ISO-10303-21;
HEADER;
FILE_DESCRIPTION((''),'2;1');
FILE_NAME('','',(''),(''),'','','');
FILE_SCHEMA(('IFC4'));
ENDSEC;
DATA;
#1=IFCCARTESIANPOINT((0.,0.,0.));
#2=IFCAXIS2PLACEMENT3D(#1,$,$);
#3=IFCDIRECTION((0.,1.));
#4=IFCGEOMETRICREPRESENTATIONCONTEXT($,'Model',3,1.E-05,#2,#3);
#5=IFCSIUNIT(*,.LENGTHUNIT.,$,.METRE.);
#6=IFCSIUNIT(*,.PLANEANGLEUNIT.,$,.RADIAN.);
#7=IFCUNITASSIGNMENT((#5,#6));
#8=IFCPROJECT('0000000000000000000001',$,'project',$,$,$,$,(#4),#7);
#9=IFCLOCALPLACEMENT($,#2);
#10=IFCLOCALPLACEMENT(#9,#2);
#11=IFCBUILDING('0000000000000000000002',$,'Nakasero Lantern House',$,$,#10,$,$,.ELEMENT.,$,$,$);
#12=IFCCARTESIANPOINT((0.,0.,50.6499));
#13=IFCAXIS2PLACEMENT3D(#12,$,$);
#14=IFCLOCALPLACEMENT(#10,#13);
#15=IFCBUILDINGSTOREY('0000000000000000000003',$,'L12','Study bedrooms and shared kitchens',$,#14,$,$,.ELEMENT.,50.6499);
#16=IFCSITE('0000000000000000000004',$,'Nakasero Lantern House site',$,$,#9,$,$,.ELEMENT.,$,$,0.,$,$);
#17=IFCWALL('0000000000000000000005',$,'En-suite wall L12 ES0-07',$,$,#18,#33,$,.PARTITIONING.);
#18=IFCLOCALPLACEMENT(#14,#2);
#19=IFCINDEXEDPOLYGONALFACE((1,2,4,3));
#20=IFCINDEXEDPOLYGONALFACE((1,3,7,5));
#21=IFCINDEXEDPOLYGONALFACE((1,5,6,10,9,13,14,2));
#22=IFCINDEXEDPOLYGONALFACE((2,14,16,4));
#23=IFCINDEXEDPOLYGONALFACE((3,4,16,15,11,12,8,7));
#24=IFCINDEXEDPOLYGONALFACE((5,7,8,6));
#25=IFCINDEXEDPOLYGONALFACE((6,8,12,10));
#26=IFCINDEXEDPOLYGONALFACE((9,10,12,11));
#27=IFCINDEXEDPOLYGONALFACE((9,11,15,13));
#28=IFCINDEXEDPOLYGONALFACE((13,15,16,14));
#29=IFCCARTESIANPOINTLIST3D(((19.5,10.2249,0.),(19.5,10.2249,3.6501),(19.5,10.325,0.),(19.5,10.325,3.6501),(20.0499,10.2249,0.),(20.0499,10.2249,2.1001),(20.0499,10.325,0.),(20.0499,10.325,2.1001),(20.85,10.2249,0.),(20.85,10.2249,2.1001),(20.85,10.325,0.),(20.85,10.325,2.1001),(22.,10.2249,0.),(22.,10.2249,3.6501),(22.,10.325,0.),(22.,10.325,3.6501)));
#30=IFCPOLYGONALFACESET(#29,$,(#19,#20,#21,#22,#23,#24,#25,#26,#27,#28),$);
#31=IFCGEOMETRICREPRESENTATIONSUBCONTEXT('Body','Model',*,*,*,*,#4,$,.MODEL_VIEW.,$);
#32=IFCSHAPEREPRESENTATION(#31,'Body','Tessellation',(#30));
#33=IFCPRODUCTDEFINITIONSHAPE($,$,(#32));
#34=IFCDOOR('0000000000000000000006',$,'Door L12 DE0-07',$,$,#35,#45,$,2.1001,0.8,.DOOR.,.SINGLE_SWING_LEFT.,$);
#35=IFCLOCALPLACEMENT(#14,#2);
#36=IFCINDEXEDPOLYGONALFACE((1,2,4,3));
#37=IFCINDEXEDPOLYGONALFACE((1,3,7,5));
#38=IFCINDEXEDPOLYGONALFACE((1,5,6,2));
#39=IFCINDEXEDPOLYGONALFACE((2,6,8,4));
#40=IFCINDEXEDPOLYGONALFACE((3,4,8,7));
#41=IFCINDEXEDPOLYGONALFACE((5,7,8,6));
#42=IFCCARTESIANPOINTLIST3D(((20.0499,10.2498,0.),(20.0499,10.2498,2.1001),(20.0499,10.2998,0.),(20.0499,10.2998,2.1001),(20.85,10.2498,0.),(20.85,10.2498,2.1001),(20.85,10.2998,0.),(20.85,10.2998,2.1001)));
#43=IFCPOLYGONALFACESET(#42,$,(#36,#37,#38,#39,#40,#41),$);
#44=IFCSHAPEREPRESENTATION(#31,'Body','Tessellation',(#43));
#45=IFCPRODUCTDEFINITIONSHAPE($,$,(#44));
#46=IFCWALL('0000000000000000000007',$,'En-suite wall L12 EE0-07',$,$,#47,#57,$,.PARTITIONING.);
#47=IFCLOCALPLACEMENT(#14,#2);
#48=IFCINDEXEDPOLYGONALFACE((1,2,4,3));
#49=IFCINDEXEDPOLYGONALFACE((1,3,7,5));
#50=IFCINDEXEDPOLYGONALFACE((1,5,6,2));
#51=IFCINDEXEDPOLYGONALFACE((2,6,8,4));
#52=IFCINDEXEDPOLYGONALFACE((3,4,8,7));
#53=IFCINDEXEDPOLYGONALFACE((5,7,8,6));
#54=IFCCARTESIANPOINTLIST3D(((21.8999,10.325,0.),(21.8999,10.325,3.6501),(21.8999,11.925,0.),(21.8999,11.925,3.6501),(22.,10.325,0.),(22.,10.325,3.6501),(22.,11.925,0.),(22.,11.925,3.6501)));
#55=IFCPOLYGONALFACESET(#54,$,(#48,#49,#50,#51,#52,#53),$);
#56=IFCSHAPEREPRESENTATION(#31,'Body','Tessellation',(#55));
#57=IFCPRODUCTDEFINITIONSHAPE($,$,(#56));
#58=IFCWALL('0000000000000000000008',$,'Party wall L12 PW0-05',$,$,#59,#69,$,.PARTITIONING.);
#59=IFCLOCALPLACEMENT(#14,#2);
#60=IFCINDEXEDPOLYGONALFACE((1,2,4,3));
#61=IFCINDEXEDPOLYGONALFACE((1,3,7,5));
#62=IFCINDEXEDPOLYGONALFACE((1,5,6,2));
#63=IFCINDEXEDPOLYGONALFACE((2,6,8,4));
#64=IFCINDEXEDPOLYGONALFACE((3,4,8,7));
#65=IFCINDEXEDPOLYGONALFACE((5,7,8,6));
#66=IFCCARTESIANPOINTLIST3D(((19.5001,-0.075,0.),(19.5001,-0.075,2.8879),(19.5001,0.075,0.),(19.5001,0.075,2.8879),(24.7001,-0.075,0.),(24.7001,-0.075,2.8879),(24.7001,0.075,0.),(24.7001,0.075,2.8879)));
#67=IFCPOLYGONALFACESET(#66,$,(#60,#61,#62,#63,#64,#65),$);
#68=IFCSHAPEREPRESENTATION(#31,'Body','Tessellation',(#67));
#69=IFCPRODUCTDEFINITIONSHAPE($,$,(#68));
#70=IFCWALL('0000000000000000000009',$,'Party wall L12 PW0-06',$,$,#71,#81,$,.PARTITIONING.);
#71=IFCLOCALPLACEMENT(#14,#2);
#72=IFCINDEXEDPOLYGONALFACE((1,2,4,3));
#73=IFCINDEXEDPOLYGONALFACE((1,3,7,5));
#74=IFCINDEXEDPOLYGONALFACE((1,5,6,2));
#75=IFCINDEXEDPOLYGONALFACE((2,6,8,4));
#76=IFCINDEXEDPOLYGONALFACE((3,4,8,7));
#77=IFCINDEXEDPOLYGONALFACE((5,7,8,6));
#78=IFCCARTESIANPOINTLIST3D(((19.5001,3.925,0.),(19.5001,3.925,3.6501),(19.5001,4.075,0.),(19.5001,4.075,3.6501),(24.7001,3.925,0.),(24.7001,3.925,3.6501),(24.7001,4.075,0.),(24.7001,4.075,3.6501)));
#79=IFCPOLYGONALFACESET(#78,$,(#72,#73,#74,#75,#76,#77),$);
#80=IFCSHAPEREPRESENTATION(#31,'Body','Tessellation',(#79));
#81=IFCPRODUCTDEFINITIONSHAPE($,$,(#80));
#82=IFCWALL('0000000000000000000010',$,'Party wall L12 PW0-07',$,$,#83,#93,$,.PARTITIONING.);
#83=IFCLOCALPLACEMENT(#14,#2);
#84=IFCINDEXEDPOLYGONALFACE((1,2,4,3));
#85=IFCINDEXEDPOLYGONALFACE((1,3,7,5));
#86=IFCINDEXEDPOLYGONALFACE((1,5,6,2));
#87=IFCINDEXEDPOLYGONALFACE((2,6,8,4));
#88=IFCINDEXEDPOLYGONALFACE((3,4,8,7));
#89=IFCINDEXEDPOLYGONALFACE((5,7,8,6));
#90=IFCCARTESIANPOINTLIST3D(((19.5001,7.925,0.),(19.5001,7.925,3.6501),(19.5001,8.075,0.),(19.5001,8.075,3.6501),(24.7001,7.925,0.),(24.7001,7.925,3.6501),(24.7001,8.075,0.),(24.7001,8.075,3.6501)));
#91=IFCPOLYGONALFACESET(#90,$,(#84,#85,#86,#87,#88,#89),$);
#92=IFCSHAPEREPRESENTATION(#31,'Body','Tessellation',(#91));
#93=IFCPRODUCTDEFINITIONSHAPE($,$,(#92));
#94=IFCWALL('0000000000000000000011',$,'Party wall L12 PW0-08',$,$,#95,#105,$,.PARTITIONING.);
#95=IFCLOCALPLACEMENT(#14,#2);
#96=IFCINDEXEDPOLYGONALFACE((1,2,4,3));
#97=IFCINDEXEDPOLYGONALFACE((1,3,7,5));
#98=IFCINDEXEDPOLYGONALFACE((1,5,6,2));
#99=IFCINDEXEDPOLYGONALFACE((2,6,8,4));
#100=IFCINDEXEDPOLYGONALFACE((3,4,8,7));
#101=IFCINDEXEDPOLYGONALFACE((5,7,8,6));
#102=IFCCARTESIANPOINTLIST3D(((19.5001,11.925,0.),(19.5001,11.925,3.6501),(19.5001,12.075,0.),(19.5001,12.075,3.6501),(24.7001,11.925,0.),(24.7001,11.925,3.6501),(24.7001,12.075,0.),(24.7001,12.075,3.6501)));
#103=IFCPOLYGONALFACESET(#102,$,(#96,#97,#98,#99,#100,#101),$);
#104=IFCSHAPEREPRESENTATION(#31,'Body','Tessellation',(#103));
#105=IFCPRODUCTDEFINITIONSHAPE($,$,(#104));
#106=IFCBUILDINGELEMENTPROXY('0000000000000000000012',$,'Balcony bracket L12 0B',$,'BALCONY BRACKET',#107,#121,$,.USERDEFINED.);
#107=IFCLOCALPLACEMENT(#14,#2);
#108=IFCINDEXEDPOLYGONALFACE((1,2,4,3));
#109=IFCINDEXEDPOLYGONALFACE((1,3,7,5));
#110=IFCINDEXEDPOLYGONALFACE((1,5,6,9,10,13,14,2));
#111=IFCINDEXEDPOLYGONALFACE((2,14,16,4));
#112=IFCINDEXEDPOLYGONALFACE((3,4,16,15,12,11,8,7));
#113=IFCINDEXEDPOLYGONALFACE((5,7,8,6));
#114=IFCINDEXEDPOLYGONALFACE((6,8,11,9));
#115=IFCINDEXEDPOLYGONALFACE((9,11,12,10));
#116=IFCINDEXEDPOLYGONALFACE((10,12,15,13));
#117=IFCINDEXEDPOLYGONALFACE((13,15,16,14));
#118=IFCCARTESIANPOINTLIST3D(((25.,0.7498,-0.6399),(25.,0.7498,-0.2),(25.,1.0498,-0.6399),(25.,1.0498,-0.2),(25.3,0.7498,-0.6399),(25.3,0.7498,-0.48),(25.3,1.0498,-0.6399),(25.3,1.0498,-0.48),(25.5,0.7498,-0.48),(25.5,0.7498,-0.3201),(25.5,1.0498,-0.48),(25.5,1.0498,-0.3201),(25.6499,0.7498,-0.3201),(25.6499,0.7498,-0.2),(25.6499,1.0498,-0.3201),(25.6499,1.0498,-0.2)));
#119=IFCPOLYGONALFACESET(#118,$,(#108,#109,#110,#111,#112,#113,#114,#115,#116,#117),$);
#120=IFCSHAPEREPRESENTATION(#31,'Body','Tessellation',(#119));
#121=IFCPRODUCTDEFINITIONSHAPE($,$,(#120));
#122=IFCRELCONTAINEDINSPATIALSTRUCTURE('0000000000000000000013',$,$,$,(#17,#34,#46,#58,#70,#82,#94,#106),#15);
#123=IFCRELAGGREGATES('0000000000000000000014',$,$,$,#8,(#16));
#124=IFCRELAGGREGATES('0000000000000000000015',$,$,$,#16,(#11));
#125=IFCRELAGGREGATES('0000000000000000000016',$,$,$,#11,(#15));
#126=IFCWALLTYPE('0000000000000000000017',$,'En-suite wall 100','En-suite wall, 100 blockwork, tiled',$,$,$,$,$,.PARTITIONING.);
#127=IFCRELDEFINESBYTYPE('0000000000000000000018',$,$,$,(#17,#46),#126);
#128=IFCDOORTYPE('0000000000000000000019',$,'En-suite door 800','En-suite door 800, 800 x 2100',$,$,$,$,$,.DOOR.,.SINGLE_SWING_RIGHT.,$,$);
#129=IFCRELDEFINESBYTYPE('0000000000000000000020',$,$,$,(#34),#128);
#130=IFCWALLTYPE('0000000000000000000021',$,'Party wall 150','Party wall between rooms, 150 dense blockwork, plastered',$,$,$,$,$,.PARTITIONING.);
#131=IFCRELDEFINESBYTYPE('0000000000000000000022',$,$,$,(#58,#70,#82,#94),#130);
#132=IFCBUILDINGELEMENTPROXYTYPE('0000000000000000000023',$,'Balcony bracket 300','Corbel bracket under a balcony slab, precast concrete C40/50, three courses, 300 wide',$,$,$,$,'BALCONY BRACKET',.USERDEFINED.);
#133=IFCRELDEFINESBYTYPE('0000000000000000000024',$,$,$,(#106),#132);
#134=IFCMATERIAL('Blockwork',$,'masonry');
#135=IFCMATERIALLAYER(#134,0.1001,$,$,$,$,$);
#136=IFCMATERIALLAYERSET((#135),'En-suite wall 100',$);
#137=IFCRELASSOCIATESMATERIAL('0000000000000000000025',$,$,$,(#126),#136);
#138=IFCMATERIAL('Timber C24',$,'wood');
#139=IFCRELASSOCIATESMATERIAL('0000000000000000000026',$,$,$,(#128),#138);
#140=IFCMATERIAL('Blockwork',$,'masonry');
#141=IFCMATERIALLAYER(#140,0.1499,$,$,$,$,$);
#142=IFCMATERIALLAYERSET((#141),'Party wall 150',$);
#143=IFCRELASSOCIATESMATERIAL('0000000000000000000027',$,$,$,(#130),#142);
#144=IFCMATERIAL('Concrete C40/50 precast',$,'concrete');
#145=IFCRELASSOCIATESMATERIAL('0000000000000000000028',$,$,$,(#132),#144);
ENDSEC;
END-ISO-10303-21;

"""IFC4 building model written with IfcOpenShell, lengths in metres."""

from ifc_helpers import new_model, si_unit, direction, frame, frame_2d, origin, place, context, subcontext, project, spatial, polyline, rectangle, outline, extrude, material, layer, layer_set, type_object, element, fill, save


model = new_model("IFC4")

# Units and contexts
model_context = context("Model", 3, precision=1e-05, world=origin(), true_north=direction((0.0, 1.0)))
body_context = subcontext(model_context, "Body", "Model", "MODEL_VIEW")
ifc_project = project(units=[si_unit("LENGTHUNIT", "METRE"), si_unit("PLANEANGLEUNIT", "RADIAN")], contexts=[model_context])

# Site, building, storey
site_placement = place(None, origin())
site = spatial("IfcSite", under=ifc_project, at=site_placement, Name="Nakasero Lantern House site", CompositionType="ELEMENT", RefElevation=0.0)
building_placement = place(site_placement, origin())
building = spatial("IfcBuilding", under=site, at=building_placement, Name="Nakasero Lantern House", CompositionType="ELEMENT")
storey_placement = place(building_placement, frame((0.0, 0.0, 50.6499)))
storey = spatial("IfcBuildingStorey", under=building, at=storey_placement, Name="L12", Description="Study bedrooms and shared kitchens", CompositionType="ELEMENT", Elevation=50.6499)

# Shared definitions
ifc_material_1 = material(Name="Blockwork", Category="masonry")
ifc_layer_1 = layer(ifc_material_1, 0.1001)
ifc_layer_set_1 = layer_set([ifc_layer_1], Name="En-suite wall 100")
wall_type_1 = type_object("IfcWallType", Name="En-suite wall 100", Description="En-suite wall, 100 blockwork, tiled", PredefinedType="PARTITIONING", material=ifc_layer_set_1)
ifc_material_2 = material(Name="Timber C24", Category="wood")
door_type = type_object("IfcDoorType", Name="En-suite door 800", Description="En-suite door 800, 800 x 2100", OperationType="SINGLE_SWING_RIGHT", PredefinedType="DOOR", material=ifc_material_2)

# Wall, opening, door
wall_1_placement = place(storey_placement, frame((19.5, 10.2749, 0.0), z_axis=(0.0, 0.0, 1.0), x_axis=(1.0, 0.0, 0.0)))
wall_1 = element("IfcWall", 1, at=wall_1_placement, inside=storey, type_object=wall_type_1, Name="En-suite wall L12 ES0-07", PredefinedType="PARTITIONING", context=body_context, shape_type="SweptSolid", body=[
    extrude(rectangle(XDim=2.5, YDim=0.1001, at=frame_2d((1.25, 0.0))), origin(), (0.0, 0.0, 1.0), 3.6501),
])
opening_1_placement = place(wall_1_placement, frame((0.55, 0.0, 0.0)))
opening_1 = element("IfcOpeningElement", 2, at=opening_1_placement, cuts=wall_1, PredefinedType="OPENING", context=body_context, shape_type="SweptSolid", body=[
    extrude(rectangle(XDim=0.8, YDim=2.1001, at=frame_2d((0.3999, 1.05))), frame((0.0, 0.0701, 0.0), z_axis=(0.0, -1.0, 0.0), x_axis=(1.0, 0.0, 0.0)), (0.0, 0.0, 1.0), 0.1401),
])
door_1_placement = place(opening_1_placement, origin())
door_1 = element("IfcDoor", 3, at=door_1_placement, inside=storey, type_object=door_type, Name="Door L12 DE0-07", OperationType="SINGLE_SWING_LEFT", OverallHeight=2.1001, OverallWidth=0.8, PredefinedType="DOOR", context=body_context, shape_type="SweptSolid", body=[
    extrude(rectangle(XDim=0.8, YDim=2.1001, at=frame_2d((0.3999, 1.05))), frame((0.0, 0.0249, 0.0), z_axis=(0.0, -1.0, 0.0), x_axis=(1.0, 0.0, 0.0)), (0.0, 0.0, 1.0), 0.05),
])
fill(opening_1, door_1)

# Walls
wall_2_placement = place(storey_placement, frame((21.95, 10.325, 0.0), z_axis=(0.0, 0.0, 1.0), x_axis=(0.0, 1.0, 0.0)))
element("IfcWall", 4, at=wall_2_placement, inside=storey, type_object=wall_type_1, Name="En-suite wall L12 EE0-07", PredefinedType="PARTITIONING", context=body_context, shape_type="SweptSolid", body=[
    extrude(rectangle(XDim=1.6001, YDim=0.1001, at=frame_2d((0.8, 0.0))), origin(), (0.0, 0.0, 1.0), 3.6501),
])
ifc_material_3 = material(Name="Blockwork", Category="masonry")
ifc_layer_2 = layer(ifc_material_3, 0.1499)
ifc_layer_set_2 = layer_set([ifc_layer_2], Name="Party wall 150")
wall_type_2 = type_object("IfcWallType", Name="Party wall 150", Description="Party wall between rooms, 150 dense blockwork, plastered", PredefinedType="PARTITIONING", material=ifc_layer_set_2)
wall_3_placement = place(storey_placement, frame((19.5, 0.0, 0.0), z_axis=(0.0, 0.0, 1.0), x_axis=(1.0, 0.0, 0.0)))
element("IfcWall", 5, at=wall_3_placement, inside=storey, type_object=wall_type_2, Name="Party wall L12 PW0-05", PredefinedType="PARTITIONING", context=body_context, shape_type="SweptSolid", body=[
    extrude(rectangle(XDim=5.2, YDim=0.1499, at=frame_2d((2.6001, 0.0))), origin(), (0.0, 0.0, 1.0), 2.8879),
])
for number, where, z_axis, x_axis, name in (
    (6, (19.5, 4.0, 0.0), (0.0, 0.0, 1.0), (1.0, 0.0, 0.0), "Party wall L12 PW0-06"),
    (7, (19.5, 8.0, 0.0), (0.0, 0.0, 1.0), (1.0, 0.0, 0.0), "Party wall L12 PW0-07"),
    (8, (19.5, 12.0, 0.0), (0.0, 0.0, 1.0), (1.0, 0.0, 0.0), "Party wall L12 PW0-08"),
):
    element("IfcWall", number, at=place(storey_placement, frame(where, z_axis=z_axis, x_axis=x_axis)), inside=storey, type_object=wall_type_2, Name=name, PredefinedType="PARTITIONING", context=body_context, shape_type="SweptSolid", body=[
        extrude(rectangle(XDim=5.2, YDim=0.1499, at=frame_2d((2.6001, 0.0))), origin(), (0.0, 0.0, 1.0), 3.6501),
    ])

# Building element proxy
ifc_material_4 = material(Name="Concrete C40/50 precast", Category="concrete")
building_element_proxy_type = type_object("IfcBuildingElementProxyType", Name="Balcony bracket 300", Description="Corbel bracket under a balcony slab, precast concrete C40/50, three courses, 300 wide", ElementType="BALCONY BRACKET", PredefinedType="USERDEFINED", material=ifc_material_4)
proxy_placement = place(storey_placement, frame((25.0, 0.8999, -0.2), z_axis=(0.0, 0.0, 1.0), x_axis=(1.0, 0.0, 0.0)))
element("IfcBuildingElementProxy", 9, at=proxy_placement, inside=storey, type_object=building_element_proxy_type, Name="Balcony bracket L12 0B", ObjectType="BALCONY BRACKET", PredefinedType="USERDEFINED", context=body_context, shape_type="SweptSolid", body=[
    extrude(outline(polyline([(0.0, 0.0), (0.6499, 0.0), (0.6499, -0.1201), (0.5, -0.1201), (0.5, -0.28), (0.3, -0.28), (0.3, -0.4399), (0.0, -0.4399), (0.0, 0.0)])), frame((0.0, 0.1499, 0.0), z_axis=(0.0, -1.0, 0.0), x_axis=(1.0, 0.0, 0.0)), (0.0, 0.0, 1.0), 0.3),
])

save(model, "model.ifc")
